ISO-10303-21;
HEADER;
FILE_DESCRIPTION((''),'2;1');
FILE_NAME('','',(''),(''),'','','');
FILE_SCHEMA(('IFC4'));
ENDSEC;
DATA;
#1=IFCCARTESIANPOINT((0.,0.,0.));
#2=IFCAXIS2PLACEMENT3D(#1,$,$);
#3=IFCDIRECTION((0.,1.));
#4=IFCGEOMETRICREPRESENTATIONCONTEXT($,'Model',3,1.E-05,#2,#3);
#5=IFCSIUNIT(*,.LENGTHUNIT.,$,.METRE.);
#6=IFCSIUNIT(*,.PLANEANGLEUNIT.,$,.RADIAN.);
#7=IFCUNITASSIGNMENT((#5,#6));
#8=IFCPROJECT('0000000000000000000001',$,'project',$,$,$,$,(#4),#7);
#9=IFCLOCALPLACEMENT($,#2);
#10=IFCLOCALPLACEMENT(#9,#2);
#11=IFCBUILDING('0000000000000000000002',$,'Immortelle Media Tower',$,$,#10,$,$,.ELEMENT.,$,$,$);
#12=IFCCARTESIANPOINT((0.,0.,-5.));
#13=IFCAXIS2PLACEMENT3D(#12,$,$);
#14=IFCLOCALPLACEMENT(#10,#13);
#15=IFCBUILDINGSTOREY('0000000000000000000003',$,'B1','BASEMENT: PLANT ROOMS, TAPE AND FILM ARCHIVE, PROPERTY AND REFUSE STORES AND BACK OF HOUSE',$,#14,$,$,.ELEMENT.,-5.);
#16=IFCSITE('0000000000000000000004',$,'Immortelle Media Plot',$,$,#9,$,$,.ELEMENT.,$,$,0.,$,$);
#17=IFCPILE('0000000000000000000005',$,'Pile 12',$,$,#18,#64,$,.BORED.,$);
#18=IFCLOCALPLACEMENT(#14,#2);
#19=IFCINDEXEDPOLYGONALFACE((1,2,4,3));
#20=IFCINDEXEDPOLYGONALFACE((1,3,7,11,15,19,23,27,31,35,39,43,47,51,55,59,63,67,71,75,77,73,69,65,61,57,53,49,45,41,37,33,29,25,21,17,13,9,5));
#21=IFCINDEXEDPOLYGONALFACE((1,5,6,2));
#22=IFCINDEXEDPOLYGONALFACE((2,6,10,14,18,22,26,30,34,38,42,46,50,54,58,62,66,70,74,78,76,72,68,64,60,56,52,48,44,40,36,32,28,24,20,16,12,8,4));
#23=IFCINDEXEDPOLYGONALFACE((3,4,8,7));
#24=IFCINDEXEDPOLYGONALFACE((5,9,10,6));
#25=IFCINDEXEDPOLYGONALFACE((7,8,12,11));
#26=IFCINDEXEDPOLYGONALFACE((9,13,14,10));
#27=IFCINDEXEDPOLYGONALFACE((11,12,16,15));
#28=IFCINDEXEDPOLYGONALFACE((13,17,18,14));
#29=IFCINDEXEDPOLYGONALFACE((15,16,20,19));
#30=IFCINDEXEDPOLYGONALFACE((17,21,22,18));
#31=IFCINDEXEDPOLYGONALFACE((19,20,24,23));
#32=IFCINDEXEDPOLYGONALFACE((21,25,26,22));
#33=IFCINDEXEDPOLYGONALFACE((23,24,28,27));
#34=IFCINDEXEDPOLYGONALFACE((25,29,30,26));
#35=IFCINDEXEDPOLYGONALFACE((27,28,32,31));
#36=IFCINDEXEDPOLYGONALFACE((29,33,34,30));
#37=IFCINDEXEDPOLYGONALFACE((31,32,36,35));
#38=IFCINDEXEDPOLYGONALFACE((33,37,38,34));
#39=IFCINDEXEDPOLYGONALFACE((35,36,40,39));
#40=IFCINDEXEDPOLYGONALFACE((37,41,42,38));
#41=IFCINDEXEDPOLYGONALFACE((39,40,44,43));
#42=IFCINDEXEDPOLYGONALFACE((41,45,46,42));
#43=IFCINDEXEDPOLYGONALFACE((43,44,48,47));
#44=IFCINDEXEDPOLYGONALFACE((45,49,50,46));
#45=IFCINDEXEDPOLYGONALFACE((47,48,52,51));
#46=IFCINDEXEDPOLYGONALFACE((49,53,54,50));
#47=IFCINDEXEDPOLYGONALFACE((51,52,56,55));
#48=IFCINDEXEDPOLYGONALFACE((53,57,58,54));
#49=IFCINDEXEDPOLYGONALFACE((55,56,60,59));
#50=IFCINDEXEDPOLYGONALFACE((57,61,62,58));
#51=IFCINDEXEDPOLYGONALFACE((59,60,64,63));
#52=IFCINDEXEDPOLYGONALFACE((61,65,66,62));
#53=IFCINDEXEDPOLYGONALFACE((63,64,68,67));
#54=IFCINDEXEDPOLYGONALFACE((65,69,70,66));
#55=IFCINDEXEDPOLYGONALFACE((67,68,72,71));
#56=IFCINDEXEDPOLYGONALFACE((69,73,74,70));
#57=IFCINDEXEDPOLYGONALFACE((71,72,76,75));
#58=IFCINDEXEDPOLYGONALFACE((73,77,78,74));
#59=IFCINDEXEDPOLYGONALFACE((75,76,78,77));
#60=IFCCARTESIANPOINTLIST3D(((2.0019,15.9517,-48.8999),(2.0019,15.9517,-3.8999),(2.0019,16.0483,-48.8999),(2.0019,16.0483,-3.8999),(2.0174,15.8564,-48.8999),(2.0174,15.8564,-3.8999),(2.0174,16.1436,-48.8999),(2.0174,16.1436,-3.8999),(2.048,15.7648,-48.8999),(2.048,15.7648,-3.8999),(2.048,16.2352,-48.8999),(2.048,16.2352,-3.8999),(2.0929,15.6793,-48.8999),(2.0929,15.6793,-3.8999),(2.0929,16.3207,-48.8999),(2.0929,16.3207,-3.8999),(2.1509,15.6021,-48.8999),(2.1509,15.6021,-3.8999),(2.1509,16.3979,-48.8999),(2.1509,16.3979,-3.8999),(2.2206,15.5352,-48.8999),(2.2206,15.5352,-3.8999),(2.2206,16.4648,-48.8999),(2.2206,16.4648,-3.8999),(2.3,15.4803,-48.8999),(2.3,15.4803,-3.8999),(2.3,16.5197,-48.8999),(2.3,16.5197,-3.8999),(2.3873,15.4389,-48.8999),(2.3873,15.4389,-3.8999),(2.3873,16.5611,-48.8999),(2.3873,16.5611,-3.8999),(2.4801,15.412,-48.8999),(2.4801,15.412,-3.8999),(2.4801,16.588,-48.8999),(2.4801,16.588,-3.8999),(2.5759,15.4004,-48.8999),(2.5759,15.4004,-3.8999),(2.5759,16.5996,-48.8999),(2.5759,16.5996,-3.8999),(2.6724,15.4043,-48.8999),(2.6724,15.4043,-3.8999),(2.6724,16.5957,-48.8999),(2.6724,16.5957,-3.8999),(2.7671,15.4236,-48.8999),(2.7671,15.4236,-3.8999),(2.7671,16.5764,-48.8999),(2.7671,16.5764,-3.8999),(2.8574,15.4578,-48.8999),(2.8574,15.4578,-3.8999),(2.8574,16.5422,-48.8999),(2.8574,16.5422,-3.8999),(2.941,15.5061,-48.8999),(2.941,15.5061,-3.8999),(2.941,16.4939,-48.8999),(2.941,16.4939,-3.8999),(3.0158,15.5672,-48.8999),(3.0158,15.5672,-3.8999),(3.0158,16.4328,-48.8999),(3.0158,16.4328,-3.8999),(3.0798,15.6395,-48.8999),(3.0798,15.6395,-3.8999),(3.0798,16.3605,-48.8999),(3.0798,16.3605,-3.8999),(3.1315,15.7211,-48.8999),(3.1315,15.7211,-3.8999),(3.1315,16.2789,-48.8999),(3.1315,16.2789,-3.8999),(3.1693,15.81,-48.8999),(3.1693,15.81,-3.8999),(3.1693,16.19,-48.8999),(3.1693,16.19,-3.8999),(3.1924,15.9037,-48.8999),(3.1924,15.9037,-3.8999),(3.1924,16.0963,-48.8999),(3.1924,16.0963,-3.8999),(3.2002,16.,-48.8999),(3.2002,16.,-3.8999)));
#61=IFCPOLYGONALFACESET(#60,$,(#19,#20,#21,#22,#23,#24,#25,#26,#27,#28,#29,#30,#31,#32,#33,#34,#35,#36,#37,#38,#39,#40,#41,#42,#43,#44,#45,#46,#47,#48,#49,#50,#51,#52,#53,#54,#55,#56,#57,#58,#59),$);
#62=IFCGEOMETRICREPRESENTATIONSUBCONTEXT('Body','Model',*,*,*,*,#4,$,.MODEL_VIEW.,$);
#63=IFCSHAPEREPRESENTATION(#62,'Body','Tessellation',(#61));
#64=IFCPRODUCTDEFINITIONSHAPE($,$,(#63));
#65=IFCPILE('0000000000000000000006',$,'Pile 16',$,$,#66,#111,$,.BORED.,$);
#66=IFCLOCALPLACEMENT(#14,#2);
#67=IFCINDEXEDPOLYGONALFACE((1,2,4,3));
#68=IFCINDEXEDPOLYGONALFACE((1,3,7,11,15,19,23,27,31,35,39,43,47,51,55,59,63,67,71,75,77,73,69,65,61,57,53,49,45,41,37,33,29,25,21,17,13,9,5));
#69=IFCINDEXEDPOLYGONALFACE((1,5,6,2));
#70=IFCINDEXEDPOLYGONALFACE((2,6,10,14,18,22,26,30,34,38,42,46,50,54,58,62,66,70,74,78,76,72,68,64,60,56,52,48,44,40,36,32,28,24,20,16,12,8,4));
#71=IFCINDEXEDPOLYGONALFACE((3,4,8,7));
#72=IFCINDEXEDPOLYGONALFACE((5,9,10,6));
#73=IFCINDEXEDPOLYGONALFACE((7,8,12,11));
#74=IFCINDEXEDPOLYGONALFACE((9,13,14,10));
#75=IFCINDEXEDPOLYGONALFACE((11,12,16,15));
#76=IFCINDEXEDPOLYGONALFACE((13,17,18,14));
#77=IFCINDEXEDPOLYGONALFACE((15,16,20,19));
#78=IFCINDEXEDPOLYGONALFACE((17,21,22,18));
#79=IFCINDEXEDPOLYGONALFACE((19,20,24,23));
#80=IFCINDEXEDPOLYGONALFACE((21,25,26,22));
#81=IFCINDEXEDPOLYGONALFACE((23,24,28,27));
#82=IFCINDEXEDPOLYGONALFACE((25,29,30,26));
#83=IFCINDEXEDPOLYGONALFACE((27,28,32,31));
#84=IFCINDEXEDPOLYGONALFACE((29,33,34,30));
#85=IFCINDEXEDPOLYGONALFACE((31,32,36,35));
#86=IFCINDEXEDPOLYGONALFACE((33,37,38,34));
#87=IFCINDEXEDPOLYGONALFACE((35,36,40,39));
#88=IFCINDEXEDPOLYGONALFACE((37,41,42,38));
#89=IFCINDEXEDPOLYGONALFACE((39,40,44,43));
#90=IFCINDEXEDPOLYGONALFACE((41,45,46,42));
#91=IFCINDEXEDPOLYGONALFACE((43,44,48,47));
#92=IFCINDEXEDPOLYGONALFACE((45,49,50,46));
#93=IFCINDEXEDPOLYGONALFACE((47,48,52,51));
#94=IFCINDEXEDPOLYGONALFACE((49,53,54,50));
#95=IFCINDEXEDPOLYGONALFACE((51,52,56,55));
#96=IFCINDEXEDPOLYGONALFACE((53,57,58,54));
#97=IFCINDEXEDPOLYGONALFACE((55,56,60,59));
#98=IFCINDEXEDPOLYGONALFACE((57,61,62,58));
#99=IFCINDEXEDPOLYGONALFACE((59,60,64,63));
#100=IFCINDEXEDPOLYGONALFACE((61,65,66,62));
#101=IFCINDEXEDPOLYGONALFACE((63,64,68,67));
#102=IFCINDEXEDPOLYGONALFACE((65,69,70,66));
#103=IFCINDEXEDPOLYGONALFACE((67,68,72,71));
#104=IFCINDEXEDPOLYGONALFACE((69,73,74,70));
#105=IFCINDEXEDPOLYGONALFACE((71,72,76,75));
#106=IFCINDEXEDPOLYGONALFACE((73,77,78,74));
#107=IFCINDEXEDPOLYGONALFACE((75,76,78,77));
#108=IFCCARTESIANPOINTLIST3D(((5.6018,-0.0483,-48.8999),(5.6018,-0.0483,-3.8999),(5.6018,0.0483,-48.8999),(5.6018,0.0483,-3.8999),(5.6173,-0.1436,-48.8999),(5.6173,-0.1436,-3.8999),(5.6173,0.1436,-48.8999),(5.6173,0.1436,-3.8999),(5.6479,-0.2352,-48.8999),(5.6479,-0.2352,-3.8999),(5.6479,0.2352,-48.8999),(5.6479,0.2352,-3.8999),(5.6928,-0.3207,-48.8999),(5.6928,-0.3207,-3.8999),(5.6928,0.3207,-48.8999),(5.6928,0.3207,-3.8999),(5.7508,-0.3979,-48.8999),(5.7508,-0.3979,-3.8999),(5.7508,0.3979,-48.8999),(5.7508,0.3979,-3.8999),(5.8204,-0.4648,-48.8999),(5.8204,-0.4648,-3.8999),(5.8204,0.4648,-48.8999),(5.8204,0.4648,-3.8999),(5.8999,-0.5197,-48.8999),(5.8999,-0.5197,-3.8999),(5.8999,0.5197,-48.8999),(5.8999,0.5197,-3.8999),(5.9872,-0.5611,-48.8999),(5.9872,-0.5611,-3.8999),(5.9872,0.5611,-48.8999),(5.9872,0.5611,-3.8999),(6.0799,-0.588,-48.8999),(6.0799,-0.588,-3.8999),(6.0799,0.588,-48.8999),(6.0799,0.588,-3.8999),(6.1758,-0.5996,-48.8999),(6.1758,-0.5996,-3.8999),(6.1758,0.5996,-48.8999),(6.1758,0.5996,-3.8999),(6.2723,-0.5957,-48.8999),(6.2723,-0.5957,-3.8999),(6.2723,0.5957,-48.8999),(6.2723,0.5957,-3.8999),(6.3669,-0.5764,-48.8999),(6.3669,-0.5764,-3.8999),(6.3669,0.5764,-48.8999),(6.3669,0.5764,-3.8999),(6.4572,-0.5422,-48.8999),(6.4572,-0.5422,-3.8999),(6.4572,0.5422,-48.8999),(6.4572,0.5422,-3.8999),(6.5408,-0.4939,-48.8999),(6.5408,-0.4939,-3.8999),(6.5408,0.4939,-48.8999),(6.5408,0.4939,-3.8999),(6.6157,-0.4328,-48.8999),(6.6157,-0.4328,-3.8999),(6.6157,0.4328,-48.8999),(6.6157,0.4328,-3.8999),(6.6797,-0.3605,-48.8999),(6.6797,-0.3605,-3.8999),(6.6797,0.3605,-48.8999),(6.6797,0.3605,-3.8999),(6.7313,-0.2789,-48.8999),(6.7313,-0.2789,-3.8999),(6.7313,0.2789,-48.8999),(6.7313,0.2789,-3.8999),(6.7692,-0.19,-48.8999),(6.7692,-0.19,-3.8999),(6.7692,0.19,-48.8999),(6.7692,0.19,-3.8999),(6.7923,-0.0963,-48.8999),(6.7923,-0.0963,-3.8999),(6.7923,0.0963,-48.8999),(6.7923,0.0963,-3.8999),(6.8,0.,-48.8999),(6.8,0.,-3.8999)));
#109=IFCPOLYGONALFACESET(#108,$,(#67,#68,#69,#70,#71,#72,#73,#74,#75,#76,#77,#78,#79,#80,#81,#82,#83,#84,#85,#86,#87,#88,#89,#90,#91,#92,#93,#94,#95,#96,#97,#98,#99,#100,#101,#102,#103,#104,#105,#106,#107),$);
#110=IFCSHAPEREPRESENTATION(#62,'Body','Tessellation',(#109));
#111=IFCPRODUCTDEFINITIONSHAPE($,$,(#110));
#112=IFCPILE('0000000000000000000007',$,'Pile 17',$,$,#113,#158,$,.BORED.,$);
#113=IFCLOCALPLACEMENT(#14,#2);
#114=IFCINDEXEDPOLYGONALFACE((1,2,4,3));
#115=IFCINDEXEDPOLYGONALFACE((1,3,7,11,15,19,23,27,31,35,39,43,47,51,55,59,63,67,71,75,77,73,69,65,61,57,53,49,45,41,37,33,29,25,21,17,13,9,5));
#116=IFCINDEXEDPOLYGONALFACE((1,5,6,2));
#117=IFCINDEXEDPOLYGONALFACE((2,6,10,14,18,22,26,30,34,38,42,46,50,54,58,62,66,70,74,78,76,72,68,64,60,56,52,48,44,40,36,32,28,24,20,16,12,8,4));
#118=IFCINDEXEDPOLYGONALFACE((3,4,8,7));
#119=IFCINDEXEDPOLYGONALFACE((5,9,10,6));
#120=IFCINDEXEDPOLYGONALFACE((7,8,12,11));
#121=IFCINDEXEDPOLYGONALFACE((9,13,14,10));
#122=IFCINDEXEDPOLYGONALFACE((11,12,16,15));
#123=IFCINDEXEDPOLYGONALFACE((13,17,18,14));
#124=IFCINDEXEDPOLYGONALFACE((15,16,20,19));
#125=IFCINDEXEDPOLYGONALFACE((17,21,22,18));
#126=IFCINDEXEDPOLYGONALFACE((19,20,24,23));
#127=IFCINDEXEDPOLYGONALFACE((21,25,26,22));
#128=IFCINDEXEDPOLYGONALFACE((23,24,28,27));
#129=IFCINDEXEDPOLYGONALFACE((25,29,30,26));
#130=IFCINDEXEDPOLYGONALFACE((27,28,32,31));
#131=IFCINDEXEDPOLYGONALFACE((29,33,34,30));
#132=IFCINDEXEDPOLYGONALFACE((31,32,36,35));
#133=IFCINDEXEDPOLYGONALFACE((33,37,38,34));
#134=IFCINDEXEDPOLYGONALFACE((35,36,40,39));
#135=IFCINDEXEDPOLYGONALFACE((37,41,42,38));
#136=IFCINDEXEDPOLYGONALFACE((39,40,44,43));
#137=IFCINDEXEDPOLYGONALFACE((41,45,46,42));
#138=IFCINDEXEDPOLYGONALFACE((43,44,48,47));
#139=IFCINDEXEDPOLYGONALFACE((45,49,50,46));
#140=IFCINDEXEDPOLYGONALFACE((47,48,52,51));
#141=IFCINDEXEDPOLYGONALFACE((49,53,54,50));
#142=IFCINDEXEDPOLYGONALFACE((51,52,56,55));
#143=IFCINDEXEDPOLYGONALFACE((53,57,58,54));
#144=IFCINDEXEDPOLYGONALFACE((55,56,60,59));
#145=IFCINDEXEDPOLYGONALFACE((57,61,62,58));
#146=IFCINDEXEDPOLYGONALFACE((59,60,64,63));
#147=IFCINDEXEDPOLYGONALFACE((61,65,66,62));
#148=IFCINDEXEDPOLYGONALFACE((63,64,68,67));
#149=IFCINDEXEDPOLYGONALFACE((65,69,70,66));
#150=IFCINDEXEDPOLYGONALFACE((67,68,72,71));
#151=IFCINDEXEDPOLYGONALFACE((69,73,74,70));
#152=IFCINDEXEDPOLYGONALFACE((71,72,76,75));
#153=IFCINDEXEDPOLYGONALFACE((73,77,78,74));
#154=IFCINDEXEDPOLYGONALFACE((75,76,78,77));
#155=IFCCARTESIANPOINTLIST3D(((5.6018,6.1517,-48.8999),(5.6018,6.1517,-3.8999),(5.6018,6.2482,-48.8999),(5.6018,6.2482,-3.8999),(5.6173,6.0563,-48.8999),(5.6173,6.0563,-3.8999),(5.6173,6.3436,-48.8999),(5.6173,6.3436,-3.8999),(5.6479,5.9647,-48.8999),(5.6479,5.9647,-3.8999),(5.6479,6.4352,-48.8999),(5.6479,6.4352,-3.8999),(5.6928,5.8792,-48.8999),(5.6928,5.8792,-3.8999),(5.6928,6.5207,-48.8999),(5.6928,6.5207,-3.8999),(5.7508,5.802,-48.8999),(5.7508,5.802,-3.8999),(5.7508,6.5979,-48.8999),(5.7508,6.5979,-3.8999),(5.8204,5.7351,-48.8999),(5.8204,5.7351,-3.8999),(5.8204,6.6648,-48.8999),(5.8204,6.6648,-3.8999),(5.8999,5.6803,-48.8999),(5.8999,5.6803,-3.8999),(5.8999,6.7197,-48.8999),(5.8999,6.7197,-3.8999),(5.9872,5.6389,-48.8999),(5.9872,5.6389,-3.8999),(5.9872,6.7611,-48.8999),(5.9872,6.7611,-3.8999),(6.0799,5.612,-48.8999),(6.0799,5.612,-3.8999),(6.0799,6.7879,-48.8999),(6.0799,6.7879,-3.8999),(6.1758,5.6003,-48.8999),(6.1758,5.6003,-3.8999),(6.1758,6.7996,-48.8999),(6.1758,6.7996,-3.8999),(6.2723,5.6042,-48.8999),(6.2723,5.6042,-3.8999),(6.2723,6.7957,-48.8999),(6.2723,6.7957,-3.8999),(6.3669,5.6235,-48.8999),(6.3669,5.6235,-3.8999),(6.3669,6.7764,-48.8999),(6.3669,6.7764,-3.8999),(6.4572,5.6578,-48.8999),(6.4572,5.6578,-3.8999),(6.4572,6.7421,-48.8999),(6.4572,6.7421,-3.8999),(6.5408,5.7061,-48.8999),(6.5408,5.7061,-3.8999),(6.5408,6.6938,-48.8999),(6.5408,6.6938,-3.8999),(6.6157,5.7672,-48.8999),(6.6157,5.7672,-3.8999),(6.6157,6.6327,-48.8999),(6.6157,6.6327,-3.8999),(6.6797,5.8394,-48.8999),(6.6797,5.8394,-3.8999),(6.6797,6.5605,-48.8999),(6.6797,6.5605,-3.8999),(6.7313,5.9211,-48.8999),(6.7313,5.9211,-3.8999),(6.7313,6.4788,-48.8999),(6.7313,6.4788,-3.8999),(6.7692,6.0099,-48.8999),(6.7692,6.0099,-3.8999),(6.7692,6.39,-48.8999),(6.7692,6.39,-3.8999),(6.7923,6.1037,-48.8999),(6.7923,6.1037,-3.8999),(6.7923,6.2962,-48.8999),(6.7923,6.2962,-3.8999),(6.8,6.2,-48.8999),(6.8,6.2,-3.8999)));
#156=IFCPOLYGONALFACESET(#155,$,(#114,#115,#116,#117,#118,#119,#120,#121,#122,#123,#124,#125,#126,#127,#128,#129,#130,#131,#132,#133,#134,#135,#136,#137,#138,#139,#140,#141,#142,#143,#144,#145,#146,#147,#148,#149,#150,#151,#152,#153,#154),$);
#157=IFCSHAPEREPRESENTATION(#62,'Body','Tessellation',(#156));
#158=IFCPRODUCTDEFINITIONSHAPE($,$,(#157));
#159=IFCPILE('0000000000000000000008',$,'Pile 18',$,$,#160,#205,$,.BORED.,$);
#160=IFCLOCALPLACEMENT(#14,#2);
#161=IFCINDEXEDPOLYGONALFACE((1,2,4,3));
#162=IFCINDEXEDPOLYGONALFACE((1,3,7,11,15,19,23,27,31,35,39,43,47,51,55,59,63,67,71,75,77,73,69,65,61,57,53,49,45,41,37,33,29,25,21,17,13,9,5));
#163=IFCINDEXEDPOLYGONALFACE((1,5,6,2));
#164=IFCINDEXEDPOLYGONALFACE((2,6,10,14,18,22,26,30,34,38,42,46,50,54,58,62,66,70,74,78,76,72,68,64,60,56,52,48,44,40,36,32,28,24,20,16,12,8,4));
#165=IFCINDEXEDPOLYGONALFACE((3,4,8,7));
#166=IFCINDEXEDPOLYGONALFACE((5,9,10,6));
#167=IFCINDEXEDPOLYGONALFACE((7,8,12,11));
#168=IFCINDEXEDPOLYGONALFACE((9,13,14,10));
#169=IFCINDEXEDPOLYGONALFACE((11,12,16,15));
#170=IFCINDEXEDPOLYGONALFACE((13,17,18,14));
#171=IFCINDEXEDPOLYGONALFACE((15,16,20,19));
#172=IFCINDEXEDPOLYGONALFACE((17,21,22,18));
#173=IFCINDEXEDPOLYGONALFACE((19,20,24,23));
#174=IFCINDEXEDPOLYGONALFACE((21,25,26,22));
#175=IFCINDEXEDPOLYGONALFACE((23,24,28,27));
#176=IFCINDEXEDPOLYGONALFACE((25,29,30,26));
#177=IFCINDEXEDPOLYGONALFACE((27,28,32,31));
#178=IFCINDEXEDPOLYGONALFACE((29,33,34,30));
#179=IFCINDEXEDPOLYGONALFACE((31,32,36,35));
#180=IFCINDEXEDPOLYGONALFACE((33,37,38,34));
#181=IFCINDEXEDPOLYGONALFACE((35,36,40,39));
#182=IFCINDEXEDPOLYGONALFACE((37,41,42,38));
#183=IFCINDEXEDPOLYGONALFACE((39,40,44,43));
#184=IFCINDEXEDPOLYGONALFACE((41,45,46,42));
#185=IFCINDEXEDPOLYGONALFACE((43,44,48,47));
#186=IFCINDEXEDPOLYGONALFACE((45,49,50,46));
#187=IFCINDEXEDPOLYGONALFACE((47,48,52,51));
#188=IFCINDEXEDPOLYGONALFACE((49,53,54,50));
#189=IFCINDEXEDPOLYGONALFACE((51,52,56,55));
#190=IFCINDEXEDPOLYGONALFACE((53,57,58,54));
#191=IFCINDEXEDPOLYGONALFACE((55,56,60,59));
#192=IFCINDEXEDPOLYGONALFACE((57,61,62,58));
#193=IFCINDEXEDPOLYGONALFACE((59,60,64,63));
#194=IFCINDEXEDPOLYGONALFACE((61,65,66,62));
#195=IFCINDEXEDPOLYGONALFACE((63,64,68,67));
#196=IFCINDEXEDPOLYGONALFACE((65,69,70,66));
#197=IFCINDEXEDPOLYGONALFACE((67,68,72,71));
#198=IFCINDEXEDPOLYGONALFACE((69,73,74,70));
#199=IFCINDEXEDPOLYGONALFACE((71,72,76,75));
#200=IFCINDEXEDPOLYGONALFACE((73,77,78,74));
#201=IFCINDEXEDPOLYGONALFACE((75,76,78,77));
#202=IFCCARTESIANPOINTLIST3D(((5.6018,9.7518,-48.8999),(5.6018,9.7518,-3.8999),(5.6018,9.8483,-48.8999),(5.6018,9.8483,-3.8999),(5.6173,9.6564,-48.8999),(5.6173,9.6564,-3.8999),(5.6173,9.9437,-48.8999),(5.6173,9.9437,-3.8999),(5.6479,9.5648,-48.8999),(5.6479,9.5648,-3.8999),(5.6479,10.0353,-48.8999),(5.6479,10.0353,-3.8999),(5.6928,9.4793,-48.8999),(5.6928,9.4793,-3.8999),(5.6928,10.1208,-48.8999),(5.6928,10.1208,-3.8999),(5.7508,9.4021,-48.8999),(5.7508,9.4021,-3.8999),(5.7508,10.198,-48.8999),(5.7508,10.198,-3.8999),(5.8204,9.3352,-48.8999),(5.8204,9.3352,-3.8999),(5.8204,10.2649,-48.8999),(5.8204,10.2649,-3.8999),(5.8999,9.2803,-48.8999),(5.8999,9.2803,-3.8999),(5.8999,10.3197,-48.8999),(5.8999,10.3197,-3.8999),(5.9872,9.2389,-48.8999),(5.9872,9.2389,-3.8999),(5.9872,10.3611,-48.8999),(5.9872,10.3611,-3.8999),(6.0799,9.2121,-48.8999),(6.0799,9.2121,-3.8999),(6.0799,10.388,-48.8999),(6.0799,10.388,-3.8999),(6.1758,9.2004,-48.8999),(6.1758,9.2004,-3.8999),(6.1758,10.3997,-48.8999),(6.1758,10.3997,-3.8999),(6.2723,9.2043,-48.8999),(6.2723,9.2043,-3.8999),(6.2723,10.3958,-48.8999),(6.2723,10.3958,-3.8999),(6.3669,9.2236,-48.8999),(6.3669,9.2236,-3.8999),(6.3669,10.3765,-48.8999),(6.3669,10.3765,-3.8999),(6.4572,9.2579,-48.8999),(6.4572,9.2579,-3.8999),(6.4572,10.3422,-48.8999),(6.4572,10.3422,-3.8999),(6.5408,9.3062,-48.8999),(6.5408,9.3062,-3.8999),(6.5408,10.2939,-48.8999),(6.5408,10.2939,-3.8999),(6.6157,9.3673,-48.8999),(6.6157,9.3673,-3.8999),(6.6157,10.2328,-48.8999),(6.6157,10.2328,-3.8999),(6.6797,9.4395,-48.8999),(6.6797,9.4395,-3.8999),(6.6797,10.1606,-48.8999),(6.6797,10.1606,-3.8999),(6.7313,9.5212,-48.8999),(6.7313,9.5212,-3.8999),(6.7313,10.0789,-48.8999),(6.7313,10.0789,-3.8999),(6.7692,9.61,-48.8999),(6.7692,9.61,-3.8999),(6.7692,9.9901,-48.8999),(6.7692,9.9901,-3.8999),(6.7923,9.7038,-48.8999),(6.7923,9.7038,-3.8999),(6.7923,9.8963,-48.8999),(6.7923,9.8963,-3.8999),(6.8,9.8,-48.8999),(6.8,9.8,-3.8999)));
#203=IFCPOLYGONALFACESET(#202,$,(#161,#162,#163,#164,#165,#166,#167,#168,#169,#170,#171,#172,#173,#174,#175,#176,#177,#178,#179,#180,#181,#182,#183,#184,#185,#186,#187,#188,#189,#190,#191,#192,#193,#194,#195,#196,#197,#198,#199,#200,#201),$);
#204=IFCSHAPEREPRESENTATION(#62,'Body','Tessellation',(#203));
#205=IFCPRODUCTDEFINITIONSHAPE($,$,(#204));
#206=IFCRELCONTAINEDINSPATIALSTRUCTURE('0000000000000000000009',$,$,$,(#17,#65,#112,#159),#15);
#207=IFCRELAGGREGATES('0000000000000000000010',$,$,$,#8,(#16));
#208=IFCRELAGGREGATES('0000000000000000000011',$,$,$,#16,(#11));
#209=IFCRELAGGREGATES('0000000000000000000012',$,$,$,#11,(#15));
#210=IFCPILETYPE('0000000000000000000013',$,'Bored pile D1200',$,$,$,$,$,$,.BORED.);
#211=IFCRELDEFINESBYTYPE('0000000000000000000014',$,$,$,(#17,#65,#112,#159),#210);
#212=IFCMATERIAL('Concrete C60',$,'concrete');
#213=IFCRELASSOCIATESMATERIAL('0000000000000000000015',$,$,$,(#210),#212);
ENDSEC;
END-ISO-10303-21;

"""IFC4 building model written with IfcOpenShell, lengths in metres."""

from ifc_helpers import new_model, si_unit, direction, frame, origin, origin_2d, place, context, subcontext, project, spatial, circle, extrude, material, material_profile, profile_set, type_object, element, save


model = new_model("IFC4")

# Units and contexts
model_context = context("Model", 3, precision=1e-05, world=origin(), true_north=direction((0.0, 1.0)))
body_context = subcontext(model_context, "Body", "Model", "MODEL_VIEW")
ifc_project = project(units=[si_unit("LENGTHUNIT", "METRE"), si_unit("PLANEANGLEUNIT", "RADIAN")], contexts=[model_context])

# Site, building, storey
site_placement = place(None, origin())
site = spatial("IfcSite", under=ifc_project, at=site_placement, Name="Immortelle Media Plot", CompositionType="ELEMENT", RefElevation=0.0)
building_placement = place(site_placement, origin())
building = spatial("IfcBuilding", under=site, at=building_placement, Name="Immortelle Media Tower", CompositionType="ELEMENT")
storey_placement = place(building_placement, frame((0.0, 0.0, -5.0)))
storey = spatial("IfcBuildingStorey", under=building, at=storey_placement, Name="B1", Description="BASEMENT: PLANT ROOMS, TAPE AND FILM ARCHIVE, PROPERTY AND REFUSE STORES AND BACK OF HOUSE", CompositionType="ELEMENT", Elevation=-5.0)

# Piles
ifc_material_1 = material(Name="Concrete C60", Category="concrete")
ifc_material_profile_1 = material_profile(ifc_material_1, circle(Radius=0.6001, at=origin_2d()), Name="Bored pile D1200")
ifc_profile_set_1 = profile_set([ifc_material_profile_1], Name="Concrete C60")
pile_type = type_object("IfcPileType", Name="Bored pile D1200", PredefinedType="BORED", material=ifc_profile_set_1)
for number, where, z_axis, x_axis, name in (
    (1, (2.6001, 16.0, -3.8999), (0.0, 0.0, -1.0), (1.0, 0.0, 0.0), "Pile 12"),
    (2, (6.2, 0.0, -3.8999), (0.0, 0.0, -1.0), (1.0, 0.0, 0.0), "Pile 16"),
    (3, (6.2, 6.2, -3.8999), (0.0, 0.0, -1.0), (1.0, 0.0, 0.0), "Pile 17"),
    (4, (6.2, 9.8, -3.8999), (0.0, 0.0, -1.0), (1.0, 0.0, 0.0), "Pile 18"),
):
    element("IfcPile", number, at=place(storey_placement, frame(where, z_axis=z_axis, x_axis=x_axis)), inside=storey, type_object=pile_type, Name=name, PredefinedType="BORED", context=body_context, shape_type="SweptSolid", body=[
        extrude(circle(Radius=0.6001, at=origin_2d()), origin(), (0.0, 0.0, 1.0), 45.0),
    ])

save(model, "model.ifc")
